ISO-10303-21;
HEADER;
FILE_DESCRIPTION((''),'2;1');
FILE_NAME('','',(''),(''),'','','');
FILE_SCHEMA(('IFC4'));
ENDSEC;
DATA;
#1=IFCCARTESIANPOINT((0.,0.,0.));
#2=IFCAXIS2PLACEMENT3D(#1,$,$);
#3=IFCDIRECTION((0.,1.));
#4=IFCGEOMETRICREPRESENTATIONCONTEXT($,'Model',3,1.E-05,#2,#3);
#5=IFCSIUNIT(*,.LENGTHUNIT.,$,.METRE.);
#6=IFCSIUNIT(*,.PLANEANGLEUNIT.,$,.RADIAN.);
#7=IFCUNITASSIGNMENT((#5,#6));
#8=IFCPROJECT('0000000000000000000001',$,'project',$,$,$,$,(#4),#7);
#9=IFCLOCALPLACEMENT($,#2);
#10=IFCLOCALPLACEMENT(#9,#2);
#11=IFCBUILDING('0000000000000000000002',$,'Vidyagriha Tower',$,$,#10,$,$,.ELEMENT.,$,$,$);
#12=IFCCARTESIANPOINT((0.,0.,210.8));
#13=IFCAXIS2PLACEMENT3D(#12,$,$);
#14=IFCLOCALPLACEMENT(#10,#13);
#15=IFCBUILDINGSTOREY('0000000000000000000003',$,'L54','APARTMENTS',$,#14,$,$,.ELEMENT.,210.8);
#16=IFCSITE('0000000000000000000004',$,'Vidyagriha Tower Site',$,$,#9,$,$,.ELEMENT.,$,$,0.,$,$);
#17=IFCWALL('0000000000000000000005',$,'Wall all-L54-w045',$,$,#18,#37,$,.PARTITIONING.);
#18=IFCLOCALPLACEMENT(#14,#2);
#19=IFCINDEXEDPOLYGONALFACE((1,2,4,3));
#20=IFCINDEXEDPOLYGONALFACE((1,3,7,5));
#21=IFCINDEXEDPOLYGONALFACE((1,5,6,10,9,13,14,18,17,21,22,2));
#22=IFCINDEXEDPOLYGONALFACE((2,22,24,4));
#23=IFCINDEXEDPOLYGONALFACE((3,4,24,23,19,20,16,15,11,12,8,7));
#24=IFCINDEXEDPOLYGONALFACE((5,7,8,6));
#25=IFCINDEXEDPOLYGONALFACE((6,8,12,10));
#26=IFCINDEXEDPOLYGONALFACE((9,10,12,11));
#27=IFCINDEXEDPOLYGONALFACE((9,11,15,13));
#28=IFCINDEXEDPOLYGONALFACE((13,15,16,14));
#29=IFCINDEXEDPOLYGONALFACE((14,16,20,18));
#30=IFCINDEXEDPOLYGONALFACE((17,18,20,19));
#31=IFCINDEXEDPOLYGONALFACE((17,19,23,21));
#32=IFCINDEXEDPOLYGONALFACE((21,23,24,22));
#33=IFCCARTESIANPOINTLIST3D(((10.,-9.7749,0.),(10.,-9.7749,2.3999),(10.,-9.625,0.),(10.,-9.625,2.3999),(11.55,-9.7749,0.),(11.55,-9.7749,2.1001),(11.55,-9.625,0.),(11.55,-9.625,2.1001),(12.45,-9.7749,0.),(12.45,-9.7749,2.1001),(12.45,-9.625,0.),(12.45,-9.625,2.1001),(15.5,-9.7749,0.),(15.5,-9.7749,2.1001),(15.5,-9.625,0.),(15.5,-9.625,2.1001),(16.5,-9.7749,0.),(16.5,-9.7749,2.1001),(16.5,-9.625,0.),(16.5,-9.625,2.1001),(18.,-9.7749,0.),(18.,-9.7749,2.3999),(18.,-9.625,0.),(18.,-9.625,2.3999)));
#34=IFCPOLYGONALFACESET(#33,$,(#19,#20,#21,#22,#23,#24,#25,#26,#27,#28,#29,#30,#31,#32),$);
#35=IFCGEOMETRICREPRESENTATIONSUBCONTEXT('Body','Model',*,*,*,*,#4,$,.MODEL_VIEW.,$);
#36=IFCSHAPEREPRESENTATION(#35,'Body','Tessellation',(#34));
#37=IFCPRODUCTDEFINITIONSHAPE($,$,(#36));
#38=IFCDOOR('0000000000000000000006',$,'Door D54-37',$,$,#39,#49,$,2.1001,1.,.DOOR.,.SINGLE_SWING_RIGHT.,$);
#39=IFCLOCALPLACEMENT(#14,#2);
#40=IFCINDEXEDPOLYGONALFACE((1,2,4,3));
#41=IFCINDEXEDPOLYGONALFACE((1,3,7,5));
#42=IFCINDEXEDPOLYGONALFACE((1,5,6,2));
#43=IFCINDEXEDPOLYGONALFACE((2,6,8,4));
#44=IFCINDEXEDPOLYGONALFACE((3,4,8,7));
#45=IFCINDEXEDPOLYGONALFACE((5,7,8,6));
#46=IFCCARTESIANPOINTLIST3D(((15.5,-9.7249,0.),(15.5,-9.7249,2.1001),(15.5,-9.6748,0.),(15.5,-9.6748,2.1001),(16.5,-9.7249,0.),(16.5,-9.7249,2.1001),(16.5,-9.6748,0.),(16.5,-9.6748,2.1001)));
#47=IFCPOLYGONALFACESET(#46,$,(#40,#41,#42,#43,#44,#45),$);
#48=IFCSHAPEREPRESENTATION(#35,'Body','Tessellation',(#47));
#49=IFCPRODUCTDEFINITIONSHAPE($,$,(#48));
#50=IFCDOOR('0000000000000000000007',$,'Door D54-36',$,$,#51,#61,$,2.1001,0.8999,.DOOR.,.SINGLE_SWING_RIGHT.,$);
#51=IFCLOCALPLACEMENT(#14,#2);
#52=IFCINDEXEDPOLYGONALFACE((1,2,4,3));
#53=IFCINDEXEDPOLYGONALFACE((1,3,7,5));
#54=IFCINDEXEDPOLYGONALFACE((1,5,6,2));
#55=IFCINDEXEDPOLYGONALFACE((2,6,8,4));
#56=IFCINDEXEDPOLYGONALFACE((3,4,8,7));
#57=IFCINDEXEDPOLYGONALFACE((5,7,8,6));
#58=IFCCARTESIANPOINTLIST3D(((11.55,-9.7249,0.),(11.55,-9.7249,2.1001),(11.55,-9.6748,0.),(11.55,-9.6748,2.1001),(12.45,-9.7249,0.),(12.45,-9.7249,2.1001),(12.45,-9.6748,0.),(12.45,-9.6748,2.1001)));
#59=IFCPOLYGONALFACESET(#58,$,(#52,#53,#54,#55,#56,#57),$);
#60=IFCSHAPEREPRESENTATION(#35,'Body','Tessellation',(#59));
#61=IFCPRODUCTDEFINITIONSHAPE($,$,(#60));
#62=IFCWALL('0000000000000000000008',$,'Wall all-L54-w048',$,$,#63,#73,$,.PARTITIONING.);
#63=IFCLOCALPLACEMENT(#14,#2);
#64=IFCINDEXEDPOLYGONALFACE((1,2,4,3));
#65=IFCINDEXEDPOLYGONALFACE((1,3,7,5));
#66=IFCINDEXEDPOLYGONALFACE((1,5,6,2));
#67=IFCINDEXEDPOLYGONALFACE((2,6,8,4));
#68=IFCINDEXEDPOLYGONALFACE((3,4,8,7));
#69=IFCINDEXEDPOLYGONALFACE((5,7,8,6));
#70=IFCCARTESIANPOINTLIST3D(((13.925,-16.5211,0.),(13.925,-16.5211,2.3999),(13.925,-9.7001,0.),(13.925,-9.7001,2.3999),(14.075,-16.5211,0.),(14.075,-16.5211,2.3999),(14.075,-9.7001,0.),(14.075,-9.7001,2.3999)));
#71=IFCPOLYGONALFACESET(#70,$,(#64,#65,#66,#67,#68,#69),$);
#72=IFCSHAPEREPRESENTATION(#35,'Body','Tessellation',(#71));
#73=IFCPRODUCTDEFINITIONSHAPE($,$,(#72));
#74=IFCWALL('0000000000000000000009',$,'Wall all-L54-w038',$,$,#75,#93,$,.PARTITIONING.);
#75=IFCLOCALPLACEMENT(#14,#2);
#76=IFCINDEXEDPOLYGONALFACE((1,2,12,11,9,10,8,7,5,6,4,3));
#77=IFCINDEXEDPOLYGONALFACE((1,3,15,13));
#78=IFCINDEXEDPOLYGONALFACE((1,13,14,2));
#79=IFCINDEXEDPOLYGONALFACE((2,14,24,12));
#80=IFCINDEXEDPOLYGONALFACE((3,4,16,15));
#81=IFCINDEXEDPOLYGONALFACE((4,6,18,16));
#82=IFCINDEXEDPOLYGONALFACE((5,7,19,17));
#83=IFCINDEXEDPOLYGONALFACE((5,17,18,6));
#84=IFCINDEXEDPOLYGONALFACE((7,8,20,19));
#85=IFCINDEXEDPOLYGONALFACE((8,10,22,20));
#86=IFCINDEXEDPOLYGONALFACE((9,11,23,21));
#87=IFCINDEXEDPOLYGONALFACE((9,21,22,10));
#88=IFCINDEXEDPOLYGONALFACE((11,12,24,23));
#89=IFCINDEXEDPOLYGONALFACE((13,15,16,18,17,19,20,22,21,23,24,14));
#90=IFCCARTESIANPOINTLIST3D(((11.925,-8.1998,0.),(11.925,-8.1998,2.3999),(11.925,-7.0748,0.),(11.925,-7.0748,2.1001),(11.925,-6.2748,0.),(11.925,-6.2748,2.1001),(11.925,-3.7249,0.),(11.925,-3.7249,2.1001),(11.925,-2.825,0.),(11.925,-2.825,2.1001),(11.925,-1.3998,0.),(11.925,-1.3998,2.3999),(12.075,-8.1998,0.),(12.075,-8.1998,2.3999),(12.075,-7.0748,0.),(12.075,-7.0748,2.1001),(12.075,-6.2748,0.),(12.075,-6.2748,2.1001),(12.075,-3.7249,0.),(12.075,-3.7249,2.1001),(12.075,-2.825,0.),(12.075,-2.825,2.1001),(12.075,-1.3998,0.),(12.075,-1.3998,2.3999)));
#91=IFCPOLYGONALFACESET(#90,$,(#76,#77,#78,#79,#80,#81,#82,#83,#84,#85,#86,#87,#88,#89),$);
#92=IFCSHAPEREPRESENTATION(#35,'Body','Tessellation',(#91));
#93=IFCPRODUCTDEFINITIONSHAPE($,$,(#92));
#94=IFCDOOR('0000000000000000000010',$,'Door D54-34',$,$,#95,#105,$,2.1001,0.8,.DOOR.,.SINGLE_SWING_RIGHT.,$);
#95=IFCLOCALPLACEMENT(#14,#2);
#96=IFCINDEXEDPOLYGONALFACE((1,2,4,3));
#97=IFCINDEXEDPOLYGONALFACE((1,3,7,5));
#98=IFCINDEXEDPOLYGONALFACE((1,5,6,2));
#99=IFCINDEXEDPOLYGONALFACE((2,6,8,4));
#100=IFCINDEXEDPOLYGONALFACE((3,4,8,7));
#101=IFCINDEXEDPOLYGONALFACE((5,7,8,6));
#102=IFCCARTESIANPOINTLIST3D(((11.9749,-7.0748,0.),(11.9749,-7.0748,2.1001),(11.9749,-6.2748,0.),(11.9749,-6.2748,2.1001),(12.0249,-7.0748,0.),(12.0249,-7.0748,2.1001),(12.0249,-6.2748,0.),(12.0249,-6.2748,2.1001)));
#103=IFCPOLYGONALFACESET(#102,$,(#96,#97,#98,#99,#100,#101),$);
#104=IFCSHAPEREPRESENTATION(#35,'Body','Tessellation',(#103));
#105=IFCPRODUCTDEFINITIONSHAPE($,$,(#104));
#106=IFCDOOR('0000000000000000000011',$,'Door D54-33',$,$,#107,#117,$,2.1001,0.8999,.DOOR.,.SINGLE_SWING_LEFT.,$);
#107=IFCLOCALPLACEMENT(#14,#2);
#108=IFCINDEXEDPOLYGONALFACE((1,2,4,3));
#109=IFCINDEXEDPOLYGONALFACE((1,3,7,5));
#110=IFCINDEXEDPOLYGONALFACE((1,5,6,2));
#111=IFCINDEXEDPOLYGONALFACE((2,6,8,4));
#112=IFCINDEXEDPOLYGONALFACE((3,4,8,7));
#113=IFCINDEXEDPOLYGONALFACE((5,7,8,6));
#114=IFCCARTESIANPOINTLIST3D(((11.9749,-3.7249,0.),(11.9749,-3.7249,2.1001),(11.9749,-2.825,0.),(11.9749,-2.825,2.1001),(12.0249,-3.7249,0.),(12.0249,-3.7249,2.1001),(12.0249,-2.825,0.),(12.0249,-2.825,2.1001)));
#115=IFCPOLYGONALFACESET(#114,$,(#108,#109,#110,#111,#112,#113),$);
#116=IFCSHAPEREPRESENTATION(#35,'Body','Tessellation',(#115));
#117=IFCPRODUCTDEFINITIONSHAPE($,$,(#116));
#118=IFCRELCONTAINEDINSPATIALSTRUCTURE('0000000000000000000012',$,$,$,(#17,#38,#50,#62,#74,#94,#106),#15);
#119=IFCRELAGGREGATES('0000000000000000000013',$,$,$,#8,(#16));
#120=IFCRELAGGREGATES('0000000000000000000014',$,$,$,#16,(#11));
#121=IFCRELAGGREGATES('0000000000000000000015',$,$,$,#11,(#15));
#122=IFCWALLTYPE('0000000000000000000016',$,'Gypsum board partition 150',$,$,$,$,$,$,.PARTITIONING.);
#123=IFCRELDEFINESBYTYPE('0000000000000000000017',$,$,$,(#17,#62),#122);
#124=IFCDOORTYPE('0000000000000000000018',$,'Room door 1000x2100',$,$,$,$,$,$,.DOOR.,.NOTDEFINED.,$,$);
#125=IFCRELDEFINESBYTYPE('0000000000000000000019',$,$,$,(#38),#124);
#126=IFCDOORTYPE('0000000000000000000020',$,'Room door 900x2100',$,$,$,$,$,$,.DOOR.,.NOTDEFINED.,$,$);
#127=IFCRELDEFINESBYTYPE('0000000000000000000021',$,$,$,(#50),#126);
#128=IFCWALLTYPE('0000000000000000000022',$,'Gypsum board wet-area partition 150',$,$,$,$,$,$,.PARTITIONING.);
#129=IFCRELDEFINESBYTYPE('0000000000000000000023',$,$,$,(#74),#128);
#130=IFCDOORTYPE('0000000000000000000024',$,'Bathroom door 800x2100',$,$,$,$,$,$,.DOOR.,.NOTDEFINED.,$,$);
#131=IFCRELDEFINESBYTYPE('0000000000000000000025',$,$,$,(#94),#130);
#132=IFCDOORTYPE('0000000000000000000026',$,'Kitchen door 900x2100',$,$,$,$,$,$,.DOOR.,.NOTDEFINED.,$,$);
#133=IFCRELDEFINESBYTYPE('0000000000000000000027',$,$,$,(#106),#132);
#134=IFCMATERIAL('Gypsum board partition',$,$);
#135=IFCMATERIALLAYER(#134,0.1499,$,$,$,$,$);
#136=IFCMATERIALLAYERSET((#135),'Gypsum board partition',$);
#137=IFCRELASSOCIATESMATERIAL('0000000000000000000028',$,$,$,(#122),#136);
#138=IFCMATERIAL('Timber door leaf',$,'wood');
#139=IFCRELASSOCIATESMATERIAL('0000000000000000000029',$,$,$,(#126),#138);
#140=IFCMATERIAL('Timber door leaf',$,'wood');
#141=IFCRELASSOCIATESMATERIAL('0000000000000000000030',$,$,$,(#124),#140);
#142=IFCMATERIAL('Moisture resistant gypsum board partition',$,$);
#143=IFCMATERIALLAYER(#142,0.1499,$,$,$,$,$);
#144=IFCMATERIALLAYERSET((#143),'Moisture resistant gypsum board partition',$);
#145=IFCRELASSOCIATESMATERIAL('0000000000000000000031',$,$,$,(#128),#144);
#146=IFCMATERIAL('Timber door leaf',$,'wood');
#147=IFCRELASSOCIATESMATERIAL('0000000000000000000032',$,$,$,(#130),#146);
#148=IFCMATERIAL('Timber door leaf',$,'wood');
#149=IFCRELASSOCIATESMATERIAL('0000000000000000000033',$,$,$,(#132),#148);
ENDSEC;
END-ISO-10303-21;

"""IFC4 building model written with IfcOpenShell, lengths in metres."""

from ifc_helpers import new_model, si_unit, direction, frame, frame_2d, origin, place, context, subcontext, project, spatial, rectangle, extrude, material, layer, layer_set, type_object, element, fill, save


model = new_model("IFC4")

# Units and contexts
model_context = context("Model", 3, precision=1e-05, world=origin(), true_north=direction((0.0, 1.0)))
body_context = subcontext(model_context, "Body", "Model", "MODEL_VIEW")
ifc_project = project(units=[si_unit("LENGTHUNIT", "METRE"), si_unit("PLANEANGLEUNIT", "RADIAN")], contexts=[model_context])

# Site, building, storey
site_placement = place(None, origin())
site = spatial("IfcSite", under=ifc_project, at=site_placement, Name="Vidyagriha Tower Site", CompositionType="ELEMENT", RefElevation=0.0)
building_placement = place(site_placement, origin())
building = spatial("IfcBuilding", under=site, at=building_placement, Name="Vidyagriha Tower", CompositionType="ELEMENT")
storey_placement = place(building_placement, frame((0.0, 0.0, 210.8)))
storey = spatial("IfcBuildingStorey", under=building, at=storey_placement, Name="L54", Description="APARTMENTS", CompositionType="ELEMENT", Elevation=210.8)

# Shared definitions
ifc_material_1 = material(Name="Gypsum board partition")
ifc_layer_1 = layer(ifc_material_1, 0.1499)
ifc_layer_set_1 = layer_set([ifc_layer_1], Name="Gypsum board partition")
wall_type_1 = type_object("IfcWallType", Name="Gypsum board partition 150", PredefinedType="PARTITIONING", material=ifc_layer_set_1)

# Shared definitions
ifc_material_2 = material(Name="Timber door leaf", Category="wood")
door_type_1 = type_object("IfcDoorType", Name="Room door 900x2100", OperationType="NOTDEFINED", PredefinedType="DOOR", material=ifc_material_2)

# Wall, openings, doors
wall_1_placement = place(storey_placement, frame((18.0, -9.7, 0.0), z_axis=(0.0, 0.0, 1.0), x_axis=(-1.0, 0.0, 0.0)))
wall_1 = element("IfcWall", 1, at=wall_1_placement, inside=storey, type_object=wall_type_1, Name="Wall all-L54-w045", PredefinedType="PARTITIONING", context=body_context, shape_type="SweptSolid", body=[
    extrude(rectangle(XDim=8.0, YDim=0.1499, at=frame_2d((4.0, 0.0))), origin(), (0.0, 0.0, 1.0), 2.3999),
])
opening_1_placement = place(wall_1_placement, frame((5.55, 0.0, 0.0)))
opening_1 = element("IfcOpeningElement", 2, at=opening_1_placement, cuts=wall_1, PredefinedType="OPENING", context=body_context, shape_type="SweptSolid", body=[
    extrude(rectangle(XDim=0.8999, YDim=2.1001, at=frame_2d((0.45, 1.05))), frame((0.0, 0.085, 0.0), z_axis=(0.0, -1.0, 0.0), x_axis=(1.0, 0.0, 0.0)), (0.0, 0.0, 1.0), 0.1699),
])
opening_2_placement = place(wall_1_placement, frame((1.5, 0.0, 0.0)))
opening_2 = element("IfcOpeningElement", 3, at=opening_2_placement, cuts=wall_1, PredefinedType="OPENING", context=body_context, shape_type="SweptSolid", body=[
    extrude(rectangle(XDim=1.0, YDim=2.1001, at=frame_2d((0.5, 1.05))), frame((0.0, 0.085, 0.0), z_axis=(0.0, -1.0, 0.0), x_axis=(1.0, 0.0, 0.0)), (0.0, 0.0, 1.0), 0.1699),
])
ifc_material_3 = material(Name="Timber door leaf", Category="wood")
door_type_2 = type_object("IfcDoorType", Name="Room door 1000x2100", OperationType="NOTDEFINED", PredefinedType="DOOR", material=ifc_material_3)
door_1_placement = place(opening_2_placement, origin())
door_1 = element("IfcDoor", 4, at=door_1_placement, inside=storey, type_object=door_type_2, Name="Door D54-37", OperationType="SINGLE_SWING_RIGHT", OverallHeight=2.1001, OverallWidth=1.0, PredefinedType="DOOR", context=body_context, shape_type="SweptSolid", body=[
    extrude(rectangle(XDim=1.0, YDim=2.1001, at=frame_2d((0.5, 1.05))), frame((0.0, 0.0249, 0.0), z_axis=(0.0, -1.0, 0.0), x_axis=(1.0, 0.0, 0.0)), (0.0, 0.0, 1.0), 0.05),
])
fill(opening_2, door_1)
door_2_placement = place(opening_1_placement, origin())
door_2 = element("IfcDoor", 5, at=door_2_placement, inside=storey, type_object=door_type_1, Name="Door D54-36", OperationType="SINGLE_SWING_RIGHT", OverallHeight=2.1001, OverallWidth=0.8999, PredefinedType="DOOR", context=body_context, shape_type="SweptSolid", body=[
    extrude(rectangle(XDim=0.8999, YDim=2.1001, at=frame_2d((0.45, 1.05))), frame((0.0, 0.0249, 0.0), z_axis=(0.0, -1.0, 0.0), x_axis=(1.0, 0.0, 0.0)), (0.0, 0.0, 1.0), 0.05),
])
fill(opening_1, door_2)

# Wall
wall_2_placement = place(storey_placement, frame((14.0, -9.7, 0.0), z_axis=(0.0, 0.0, 1.0), x_axis=(0.0, -1.0, 0.0)))
element("IfcWall", 6, at=wall_2_placement, inside=storey, type_object=wall_type_1, Name="Wall all-L54-w048", PredefinedType="PARTITIONING", context=body_context, shape_type="SweptSolid", body=[
    extrude(rectangle(XDim=6.821, YDim=0.1499, at=frame_2d((3.4106, 0.0))), origin(), (0.0, 0.0, 1.0), 2.3999),
])

# Wall, openings, doors
ifc_material_4 = material(Name="Moisture resistant gypsum board partition")
ifc_layer_2 = layer(ifc_material_4, 0.1499)
ifc_layer_set_2 = layer_set([ifc_layer_2], Name="Moisture resistant gypsum board partition")
wall_type_2 = type_object("IfcWallType", Name="Gypsum board wet-area partition 150", PredefinedType="PARTITIONING", material=ifc_layer_set_2)
wall_3_placement = place(storey_placement, frame((12.0, -1.3999, 0.0), z_axis=(0.0, 0.0, 1.0), x_axis=(0.0, -1.0, 0.0)))
wall_3 = element("IfcWall", 7, at=wall_3_placement, inside=storey, type_object=wall_type_2, Name="Wall all-L54-w038", PredefinedType="PARTITIONING", context=body_context, shape_type="SweptSolid", body=[
    extrude(rectangle(XDim=6.8, YDim=0.1499, at=frame_2d((3.3999, 0.0))), origin(), (0.0, 0.0, 1.0), 2.3999),
])
opening_3_placement = place(wall_3_placement, frame((1.425, 0.0, 0.0)))
opening_3 = element("IfcOpeningElement", 8, at=opening_3_placement, cuts=wall_3, PredefinedType="OPENING", context=body_context, shape_type="SweptSolid", body=[
    extrude(rectangle(XDim=0.8999, YDim=2.1001, at=frame_2d((0.45, 1.05))), frame((0.0, 0.085, 0.0), z_axis=(0.0, -1.0, 0.0), x_axis=(1.0, 0.0, 0.0)), (0.0, 0.0, 1.0), 0.1699),
])
opening_4_placement = place(wall_3_placement, frame((4.875, 0.0, 0.0)))
opening_4 = element("IfcOpeningElement", 9, at=opening_4_placement, cuts=wall_3, PredefinedType="OPENING", context=body_context, shape_type="SweptSolid", body=[
    extrude(rectangle(XDim=0.8, YDim=2.1001, at=frame_2d((0.3999, 1.05))), frame((0.0, 0.085, 0.0), z_axis=(0.0, -1.0, 0.0), x_axis=(1.0, 0.0, 0.0)), (0.0, 0.0, 1.0), 0.1699),
])
ifc_material_5 = material(Name="Timber door leaf", Category="wood")
door_type_3 = type_object("IfcDoorType", Name="Bathroom door 800x2100", OperationType="NOTDEFINED", PredefinedType="DOOR", material=ifc_material_5)
door_3_placement = place(opening_4_placement, origin())
door_3 = element("IfcDoor", 10, at=door_3_placement, inside=storey, type_object=door_type_3, Name="Door D54-34", OperationType="SINGLE_SWING_RIGHT", OverallHeight=2.1001, OverallWidth=0.8, PredefinedType="DOOR", context=body_context, shape_type="SweptSolid", body=[
    extrude(rectangle(XDim=0.8, YDim=2.1001, at=frame_2d((0.3999, 1.05))), frame((0.0, 0.0249, 0.0), z_axis=(0.0, -1.0, 0.0), x_axis=(1.0, 0.0, 0.0)), (0.0, 0.0, 1.0), 0.05),
])
fill(opening_4, door_3)
ifc_material_6 = material(Name="Timber door leaf", Category="wood")
door_type_4 = type_object("IfcDoorType", Name="Kitchen door 900x2100", OperationType="NOTDEFINED", PredefinedType="DOOR", material=ifc_material_6)
door_4_placement = place(opening_3_placement, origin())
door_4 = element("IfcDoor", 11, at=door_4_placement, inside=storey, type_object=door_type_4, Name="Door D54-33", OperationType="SINGLE_SWING_LEFT", OverallHeight=2.1001, OverallWidth=0.8999, PredefinedType="DOOR", context=body_context, shape_type="SweptSolid", body=[
    extrude(rectangle(XDim=0.8999, YDim=2.1001, at=frame_2d((0.45, 1.05))), frame((0.0, 0.0249, 0.0), z_axis=(0.0, -1.0, 0.0), x_axis=(1.0, 0.0, 0.0)), (0.0, 0.0, 1.0), 0.05),
])
fill(opening_3, door_4)

save(model, "model.ifc")
